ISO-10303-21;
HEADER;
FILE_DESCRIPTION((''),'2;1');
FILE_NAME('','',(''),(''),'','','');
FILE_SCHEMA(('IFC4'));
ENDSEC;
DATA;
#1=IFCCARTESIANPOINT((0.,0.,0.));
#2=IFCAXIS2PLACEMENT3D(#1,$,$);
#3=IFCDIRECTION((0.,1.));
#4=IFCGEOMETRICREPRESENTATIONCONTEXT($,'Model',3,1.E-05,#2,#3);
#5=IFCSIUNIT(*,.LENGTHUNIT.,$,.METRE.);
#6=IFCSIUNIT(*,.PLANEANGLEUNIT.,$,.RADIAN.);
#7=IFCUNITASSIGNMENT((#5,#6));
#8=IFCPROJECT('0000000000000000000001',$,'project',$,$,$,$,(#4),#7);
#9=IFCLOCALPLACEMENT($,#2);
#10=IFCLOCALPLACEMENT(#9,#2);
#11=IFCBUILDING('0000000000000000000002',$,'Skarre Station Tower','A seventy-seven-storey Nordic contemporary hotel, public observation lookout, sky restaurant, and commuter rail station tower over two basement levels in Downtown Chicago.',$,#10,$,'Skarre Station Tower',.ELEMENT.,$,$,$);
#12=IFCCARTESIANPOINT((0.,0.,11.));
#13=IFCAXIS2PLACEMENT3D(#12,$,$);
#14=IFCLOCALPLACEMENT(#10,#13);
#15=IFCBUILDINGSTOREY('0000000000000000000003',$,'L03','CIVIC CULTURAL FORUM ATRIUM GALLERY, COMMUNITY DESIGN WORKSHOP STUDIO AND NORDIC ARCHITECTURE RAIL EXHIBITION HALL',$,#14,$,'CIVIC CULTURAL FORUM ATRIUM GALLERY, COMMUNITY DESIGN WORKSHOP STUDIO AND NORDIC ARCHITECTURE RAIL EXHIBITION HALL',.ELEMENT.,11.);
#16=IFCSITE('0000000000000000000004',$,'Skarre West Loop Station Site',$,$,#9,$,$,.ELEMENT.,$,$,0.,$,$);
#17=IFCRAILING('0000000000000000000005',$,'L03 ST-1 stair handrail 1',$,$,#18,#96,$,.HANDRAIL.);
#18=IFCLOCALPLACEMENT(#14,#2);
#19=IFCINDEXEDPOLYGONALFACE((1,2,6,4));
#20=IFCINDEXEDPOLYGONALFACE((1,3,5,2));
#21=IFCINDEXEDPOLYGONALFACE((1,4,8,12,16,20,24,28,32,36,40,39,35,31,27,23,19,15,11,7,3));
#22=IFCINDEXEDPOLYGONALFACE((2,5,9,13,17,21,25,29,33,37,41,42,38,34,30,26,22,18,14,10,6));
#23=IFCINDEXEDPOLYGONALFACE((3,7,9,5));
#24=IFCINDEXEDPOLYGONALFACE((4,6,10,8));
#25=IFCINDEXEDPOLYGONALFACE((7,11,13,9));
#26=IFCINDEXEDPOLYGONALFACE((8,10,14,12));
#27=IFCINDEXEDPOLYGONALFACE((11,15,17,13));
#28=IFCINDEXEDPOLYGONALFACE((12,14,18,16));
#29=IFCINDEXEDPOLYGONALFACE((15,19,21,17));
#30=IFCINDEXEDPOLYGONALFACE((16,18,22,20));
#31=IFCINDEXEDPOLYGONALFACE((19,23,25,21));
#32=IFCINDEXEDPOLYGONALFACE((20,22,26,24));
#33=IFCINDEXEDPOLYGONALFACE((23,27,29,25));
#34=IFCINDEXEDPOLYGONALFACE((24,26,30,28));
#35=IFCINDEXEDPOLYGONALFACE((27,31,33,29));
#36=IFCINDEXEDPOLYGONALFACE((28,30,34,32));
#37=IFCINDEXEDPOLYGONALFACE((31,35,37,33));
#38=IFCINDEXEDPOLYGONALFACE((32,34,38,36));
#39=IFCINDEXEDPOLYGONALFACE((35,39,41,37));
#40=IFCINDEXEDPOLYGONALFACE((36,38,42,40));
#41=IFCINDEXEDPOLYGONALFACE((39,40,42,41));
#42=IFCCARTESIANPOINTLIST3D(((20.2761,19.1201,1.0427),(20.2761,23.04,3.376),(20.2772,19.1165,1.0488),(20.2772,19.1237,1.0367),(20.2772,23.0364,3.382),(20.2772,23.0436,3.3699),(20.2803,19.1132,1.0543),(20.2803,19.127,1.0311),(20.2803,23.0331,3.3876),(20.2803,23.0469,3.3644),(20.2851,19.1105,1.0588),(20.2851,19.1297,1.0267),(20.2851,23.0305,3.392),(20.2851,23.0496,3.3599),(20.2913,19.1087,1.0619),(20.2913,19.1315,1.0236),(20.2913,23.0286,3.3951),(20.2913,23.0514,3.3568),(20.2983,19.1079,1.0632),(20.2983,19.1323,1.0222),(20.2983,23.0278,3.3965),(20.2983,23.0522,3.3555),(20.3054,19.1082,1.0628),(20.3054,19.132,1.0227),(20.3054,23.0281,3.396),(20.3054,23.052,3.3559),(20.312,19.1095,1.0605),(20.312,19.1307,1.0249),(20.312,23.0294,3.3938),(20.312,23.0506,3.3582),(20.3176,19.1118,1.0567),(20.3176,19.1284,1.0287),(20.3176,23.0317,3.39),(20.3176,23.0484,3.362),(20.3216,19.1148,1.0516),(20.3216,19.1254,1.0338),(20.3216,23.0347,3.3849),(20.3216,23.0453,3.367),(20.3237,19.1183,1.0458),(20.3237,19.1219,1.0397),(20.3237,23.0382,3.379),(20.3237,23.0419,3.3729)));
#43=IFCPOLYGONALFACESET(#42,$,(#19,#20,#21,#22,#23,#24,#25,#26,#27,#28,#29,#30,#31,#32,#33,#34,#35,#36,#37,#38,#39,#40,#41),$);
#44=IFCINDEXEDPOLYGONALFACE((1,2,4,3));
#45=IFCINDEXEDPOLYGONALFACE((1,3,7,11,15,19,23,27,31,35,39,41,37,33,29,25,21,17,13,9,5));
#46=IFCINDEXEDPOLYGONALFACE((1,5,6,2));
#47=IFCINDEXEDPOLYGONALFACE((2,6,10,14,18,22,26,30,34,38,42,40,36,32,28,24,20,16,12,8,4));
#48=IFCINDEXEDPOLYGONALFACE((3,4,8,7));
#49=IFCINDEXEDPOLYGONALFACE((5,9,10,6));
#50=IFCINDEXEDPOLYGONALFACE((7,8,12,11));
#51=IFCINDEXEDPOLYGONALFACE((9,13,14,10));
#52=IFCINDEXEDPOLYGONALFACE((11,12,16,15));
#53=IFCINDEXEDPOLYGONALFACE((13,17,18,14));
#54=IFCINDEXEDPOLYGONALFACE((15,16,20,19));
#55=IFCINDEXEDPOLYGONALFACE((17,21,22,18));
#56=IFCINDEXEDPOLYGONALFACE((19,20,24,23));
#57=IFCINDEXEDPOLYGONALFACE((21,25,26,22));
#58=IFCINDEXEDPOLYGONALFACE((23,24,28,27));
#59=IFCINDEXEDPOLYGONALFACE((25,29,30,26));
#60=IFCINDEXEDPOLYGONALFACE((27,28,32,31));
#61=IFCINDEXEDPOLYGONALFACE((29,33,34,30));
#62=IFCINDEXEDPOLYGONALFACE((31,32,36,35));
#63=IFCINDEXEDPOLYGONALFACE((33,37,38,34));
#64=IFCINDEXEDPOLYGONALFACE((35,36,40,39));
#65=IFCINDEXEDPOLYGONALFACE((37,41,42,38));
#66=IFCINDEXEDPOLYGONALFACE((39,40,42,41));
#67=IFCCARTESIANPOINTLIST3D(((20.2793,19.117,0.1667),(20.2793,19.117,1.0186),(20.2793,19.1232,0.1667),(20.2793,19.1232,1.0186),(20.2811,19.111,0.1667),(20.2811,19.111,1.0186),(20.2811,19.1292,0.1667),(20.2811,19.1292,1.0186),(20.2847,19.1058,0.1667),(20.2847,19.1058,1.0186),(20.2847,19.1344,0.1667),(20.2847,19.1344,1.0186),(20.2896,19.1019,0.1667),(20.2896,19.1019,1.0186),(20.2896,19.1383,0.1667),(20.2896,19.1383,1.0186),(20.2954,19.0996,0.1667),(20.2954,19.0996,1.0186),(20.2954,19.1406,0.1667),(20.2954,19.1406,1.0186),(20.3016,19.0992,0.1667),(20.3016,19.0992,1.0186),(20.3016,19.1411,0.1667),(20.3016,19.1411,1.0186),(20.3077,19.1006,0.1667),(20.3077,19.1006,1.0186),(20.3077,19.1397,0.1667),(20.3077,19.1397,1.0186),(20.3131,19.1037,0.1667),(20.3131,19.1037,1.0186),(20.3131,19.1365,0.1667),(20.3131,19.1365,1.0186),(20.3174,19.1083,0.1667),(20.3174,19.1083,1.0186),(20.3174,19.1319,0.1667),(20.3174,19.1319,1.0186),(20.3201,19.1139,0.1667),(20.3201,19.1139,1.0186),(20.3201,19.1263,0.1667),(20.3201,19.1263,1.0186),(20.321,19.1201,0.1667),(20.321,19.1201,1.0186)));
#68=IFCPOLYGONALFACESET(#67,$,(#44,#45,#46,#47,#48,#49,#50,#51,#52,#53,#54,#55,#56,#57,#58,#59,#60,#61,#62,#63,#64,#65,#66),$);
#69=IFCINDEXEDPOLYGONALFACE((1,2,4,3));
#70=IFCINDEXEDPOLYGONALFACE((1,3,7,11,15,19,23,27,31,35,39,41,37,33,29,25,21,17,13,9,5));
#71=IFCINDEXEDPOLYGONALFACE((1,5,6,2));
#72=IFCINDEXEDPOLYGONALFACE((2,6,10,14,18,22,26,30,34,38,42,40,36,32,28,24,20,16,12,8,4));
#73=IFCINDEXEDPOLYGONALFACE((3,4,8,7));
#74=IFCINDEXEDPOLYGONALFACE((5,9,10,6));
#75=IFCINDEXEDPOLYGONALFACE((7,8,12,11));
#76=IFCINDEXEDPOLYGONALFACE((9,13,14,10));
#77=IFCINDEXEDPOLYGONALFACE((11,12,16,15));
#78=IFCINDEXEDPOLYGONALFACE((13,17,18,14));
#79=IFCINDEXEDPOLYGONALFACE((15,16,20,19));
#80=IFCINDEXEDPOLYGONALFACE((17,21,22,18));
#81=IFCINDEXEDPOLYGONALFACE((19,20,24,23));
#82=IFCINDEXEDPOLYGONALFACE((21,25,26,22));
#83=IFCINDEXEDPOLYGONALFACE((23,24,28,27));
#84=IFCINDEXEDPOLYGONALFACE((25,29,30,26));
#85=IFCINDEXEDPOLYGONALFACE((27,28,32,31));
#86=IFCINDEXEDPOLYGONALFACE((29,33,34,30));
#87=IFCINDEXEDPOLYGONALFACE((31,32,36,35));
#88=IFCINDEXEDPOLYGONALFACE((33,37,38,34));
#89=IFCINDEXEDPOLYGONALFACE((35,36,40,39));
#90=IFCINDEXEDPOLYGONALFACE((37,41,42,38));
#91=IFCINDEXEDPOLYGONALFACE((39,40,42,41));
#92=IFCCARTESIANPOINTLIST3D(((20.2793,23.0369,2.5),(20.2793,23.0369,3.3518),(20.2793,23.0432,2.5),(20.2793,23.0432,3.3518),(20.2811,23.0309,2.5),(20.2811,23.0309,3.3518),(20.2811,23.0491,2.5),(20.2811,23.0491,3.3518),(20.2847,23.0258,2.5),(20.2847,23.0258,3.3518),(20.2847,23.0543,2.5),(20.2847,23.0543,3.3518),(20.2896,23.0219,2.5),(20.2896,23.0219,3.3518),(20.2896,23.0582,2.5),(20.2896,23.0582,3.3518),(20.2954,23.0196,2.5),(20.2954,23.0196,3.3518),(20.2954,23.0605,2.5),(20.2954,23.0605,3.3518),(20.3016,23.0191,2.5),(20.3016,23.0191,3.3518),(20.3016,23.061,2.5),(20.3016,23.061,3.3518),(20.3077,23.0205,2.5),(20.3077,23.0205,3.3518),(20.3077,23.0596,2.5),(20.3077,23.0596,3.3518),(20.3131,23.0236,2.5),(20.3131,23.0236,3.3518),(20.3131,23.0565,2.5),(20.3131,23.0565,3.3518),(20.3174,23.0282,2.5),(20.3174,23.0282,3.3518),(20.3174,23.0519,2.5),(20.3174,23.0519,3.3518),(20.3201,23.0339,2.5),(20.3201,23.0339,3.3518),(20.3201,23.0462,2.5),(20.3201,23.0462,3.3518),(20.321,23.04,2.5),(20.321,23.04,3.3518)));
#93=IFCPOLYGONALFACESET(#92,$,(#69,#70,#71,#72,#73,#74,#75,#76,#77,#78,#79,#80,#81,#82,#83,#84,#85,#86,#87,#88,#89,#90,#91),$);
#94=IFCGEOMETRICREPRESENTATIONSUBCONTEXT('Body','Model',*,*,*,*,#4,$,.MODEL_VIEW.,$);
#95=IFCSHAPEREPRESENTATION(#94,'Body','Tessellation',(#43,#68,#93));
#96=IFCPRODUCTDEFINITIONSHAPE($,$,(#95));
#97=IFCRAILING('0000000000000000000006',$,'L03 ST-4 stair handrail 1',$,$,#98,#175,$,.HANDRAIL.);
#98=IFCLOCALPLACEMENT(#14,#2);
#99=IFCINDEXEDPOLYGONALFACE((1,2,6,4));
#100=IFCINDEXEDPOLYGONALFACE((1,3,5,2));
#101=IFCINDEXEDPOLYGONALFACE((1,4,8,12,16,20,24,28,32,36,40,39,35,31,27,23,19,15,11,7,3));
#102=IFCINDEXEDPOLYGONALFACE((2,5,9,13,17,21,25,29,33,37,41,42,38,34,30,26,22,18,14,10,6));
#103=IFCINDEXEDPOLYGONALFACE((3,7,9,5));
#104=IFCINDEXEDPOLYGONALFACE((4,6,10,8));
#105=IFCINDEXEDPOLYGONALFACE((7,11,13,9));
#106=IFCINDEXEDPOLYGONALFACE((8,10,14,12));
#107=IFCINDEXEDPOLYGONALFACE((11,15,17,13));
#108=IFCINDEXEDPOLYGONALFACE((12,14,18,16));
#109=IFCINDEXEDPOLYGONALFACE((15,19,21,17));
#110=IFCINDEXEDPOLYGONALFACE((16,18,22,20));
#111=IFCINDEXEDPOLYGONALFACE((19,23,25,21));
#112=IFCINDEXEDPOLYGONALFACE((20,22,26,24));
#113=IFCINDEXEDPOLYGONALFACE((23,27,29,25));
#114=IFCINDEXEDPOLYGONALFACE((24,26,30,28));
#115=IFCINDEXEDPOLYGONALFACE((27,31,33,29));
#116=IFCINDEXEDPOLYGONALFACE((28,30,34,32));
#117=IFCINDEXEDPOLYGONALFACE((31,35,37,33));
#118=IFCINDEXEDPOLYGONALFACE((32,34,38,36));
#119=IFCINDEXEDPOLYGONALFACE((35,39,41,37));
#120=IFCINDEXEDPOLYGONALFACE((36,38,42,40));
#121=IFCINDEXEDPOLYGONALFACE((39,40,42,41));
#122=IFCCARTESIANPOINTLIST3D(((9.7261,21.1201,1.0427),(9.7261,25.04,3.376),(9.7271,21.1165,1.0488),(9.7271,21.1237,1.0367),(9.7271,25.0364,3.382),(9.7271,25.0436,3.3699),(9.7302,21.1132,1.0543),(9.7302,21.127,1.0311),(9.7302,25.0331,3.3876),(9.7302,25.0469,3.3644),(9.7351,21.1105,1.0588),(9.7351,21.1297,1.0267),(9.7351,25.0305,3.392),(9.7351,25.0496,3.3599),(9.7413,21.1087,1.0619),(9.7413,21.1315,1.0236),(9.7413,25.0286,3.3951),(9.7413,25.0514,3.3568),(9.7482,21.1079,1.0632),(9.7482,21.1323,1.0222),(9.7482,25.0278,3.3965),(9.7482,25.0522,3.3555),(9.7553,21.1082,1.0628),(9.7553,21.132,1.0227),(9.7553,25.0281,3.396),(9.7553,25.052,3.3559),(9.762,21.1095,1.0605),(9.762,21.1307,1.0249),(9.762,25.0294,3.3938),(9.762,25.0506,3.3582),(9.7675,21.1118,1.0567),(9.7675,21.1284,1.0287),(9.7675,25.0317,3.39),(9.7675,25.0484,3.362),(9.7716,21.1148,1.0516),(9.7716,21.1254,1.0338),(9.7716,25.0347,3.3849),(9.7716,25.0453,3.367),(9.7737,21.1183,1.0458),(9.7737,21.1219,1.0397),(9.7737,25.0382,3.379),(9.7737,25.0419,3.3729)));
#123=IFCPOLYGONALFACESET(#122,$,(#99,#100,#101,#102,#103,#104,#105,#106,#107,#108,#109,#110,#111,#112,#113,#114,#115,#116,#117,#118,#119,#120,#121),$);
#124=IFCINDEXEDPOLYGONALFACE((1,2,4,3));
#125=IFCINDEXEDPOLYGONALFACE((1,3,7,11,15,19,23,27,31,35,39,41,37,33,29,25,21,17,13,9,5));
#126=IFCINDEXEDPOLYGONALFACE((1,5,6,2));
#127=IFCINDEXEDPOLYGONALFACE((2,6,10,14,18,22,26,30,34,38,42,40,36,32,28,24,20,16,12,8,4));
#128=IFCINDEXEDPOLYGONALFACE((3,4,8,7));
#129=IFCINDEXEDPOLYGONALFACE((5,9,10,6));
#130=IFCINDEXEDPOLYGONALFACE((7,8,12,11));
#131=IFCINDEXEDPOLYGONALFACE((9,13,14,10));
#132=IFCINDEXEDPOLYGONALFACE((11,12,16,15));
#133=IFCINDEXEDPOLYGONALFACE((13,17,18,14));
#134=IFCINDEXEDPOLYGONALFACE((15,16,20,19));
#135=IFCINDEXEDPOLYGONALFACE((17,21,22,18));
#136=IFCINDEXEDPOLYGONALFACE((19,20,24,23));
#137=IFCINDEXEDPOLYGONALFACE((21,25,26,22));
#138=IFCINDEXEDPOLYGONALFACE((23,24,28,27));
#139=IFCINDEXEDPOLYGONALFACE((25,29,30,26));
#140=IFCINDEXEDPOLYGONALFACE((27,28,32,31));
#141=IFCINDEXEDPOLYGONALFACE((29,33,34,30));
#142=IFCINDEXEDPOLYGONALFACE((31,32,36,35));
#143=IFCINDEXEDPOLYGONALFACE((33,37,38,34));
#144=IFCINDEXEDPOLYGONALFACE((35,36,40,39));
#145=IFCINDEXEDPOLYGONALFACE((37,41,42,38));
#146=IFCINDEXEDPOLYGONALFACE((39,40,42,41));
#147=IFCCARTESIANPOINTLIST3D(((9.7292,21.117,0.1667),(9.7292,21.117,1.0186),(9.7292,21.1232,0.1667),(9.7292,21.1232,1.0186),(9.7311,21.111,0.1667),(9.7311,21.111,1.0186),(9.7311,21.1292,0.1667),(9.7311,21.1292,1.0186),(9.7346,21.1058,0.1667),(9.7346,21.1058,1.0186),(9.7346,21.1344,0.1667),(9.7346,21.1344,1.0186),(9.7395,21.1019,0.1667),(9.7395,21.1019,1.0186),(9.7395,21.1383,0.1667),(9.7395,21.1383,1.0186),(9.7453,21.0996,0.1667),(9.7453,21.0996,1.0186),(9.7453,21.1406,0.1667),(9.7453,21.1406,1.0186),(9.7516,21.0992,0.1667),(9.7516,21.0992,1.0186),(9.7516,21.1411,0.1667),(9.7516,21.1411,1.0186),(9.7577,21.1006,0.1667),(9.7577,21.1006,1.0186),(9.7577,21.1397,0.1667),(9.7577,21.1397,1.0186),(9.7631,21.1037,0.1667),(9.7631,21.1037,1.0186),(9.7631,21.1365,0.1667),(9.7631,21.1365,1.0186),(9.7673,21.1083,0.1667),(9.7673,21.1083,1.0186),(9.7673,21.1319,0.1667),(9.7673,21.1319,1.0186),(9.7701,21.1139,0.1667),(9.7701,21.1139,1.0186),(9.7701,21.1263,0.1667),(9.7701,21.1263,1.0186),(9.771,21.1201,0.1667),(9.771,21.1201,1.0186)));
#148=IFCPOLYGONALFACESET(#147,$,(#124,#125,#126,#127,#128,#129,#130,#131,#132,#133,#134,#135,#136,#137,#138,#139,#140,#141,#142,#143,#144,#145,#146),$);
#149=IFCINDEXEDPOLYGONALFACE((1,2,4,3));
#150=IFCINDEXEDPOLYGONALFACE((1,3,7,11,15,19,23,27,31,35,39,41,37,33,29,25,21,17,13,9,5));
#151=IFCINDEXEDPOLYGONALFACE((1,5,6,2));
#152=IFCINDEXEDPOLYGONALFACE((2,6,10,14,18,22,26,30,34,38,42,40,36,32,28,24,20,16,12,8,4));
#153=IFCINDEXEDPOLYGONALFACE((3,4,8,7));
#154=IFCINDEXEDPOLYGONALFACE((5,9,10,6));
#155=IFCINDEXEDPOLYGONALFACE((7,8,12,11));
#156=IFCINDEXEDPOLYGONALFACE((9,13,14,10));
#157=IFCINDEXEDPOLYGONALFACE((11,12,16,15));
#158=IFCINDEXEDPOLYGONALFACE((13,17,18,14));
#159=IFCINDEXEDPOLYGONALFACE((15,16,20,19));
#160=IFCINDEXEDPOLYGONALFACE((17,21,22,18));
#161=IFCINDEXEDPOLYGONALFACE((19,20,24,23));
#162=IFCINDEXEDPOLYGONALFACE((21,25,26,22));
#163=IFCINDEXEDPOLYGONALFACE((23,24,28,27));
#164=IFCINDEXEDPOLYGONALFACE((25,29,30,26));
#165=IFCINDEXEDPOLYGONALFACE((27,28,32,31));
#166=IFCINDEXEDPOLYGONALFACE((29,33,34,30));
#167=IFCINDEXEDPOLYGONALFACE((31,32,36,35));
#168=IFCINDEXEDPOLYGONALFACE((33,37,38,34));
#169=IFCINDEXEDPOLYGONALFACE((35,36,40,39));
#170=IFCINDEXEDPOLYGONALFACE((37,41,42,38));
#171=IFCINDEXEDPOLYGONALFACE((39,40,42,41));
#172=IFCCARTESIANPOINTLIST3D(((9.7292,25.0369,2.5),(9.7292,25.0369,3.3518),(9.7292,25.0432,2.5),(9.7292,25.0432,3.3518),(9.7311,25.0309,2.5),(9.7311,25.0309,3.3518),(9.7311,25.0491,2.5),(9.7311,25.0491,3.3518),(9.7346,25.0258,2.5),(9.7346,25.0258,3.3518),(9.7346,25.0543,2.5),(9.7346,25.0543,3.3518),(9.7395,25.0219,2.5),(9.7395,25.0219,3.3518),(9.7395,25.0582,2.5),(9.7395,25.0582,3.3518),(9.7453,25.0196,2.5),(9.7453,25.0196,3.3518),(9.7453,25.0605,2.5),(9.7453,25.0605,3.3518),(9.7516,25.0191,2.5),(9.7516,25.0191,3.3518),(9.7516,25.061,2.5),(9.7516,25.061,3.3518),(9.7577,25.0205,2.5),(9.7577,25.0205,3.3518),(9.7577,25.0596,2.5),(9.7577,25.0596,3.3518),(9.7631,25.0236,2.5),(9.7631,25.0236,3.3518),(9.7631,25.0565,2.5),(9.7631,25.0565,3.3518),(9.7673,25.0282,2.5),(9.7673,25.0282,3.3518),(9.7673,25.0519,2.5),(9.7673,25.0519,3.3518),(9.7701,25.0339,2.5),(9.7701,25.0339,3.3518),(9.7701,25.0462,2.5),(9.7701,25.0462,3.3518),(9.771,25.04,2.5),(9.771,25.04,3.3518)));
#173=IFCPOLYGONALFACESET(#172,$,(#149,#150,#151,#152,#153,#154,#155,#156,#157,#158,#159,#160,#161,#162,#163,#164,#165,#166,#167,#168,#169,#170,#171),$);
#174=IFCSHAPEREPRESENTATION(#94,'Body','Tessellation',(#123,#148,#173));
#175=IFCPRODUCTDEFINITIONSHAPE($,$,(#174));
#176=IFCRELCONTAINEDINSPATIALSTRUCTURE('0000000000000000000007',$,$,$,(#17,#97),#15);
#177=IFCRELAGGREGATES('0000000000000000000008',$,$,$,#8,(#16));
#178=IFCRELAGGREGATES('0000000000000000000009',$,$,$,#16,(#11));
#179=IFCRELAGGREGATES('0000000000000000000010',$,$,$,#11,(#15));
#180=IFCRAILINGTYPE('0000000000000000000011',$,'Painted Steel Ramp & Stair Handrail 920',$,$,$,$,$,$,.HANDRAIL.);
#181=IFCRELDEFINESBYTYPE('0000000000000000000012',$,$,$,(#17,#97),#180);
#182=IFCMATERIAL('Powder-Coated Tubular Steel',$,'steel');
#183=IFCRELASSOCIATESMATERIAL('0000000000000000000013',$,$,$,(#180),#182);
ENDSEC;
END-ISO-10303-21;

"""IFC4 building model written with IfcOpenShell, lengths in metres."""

from ifc_helpers import new_model, si_unit, direction, frame, origin, origin_2d, place, context, subcontext, project, spatial, circle, extrude, material, type_object, element, save


model = new_model("IFC4")

# Units and contexts
model_context = context("Model", 3, precision=1e-05, world=origin(), true_north=direction((0.0, 1.0)))
body_context = subcontext(model_context, "Body", "Model", "MODEL_VIEW")
ifc_project = project(units=[si_unit("LENGTHUNIT", "METRE"), si_unit("PLANEANGLEUNIT", "RADIAN")], contexts=[model_context])

# Site, building, storey
site_placement = place(None, origin())
site = spatial("IfcSite", under=ifc_project, at=site_placement, Name="Skarre West Loop Station Site", CompositionType="ELEMENT", RefElevation=0.0)
building_placement = place(site_placement, origin())
building = spatial("IfcBuilding", under=site, at=building_placement, Name="Skarre Station Tower", Description="A seventy-seven-storey Nordic contemporary hotel, public observation lookout, sky restaurant, and commuter rail station tower over two basement levels in Downtown Chicago.", LongName="Skarre Station Tower", CompositionType="ELEMENT")
storey_placement = place(building_placement, frame((0.0, 0.0, 11.0)))
storey = spatial("IfcBuildingStorey", under=building, at=storey_placement, Name="L03", Description="CIVIC CULTURAL FORUM ATRIUM GALLERY, COMMUNITY DESIGN WORKSHOP STUDIO AND NORDIC ARCHITECTURE RAIL EXHIBITION HALL", LongName="CIVIC CULTURAL FORUM ATRIUM GALLERY, COMMUNITY DESIGN WORKSHOP STUDIO AND NORDIC ARCHITECTURE RAIL EXHIBITION HALL", CompositionType="ELEMENT", Elevation=11.0)

# Railings
ifc_material_1 = material(Name="Powder-Coated Tubular Steel", Category="steel")
railing_type_1 = type_object("IfcRailingType", Name="Painted Steel Ramp & Stair Handrail 920", PredefinedType="HANDRAIL", material=ifc_material_1)
for number, where, name in (
    (1, (20.3, 19.1201, 0.1667), "L03 ST-1 stair handrail 1"),
    (2, (9.75, 21.1201, 0.1667), "L03 ST-4 stair handrail 1"),
):
    element("IfcRailing", number, at=place(storey_placement, frame(where)), inside=storey, type_object=railing_type_1, Name=name, PredefinedType="HANDRAIL", context=body_context, shape_type="SweptSolid", body=[
        extrude(circle(Radius=0.0239, at=origin_2d()), frame((0.0, 0.0, 0.876), z_axis=(0.0, 0.859296, 0.511478), x_axis=(-1.0, 0.0, 0.0)), (0.0, 0.0, 1.0), 4.5618),
        extrude(circle(Radius=0.021, at=origin_2d()), origin(), (0.0, 0.0, 1.0), 0.8518),
        extrude(circle(Radius=0.021, at=origin_2d()), frame((0.0, 3.9199, 2.3333)), (0.0, 0.0, 1.0), 0.8518),
    ])

save(model, "model.ifc")
